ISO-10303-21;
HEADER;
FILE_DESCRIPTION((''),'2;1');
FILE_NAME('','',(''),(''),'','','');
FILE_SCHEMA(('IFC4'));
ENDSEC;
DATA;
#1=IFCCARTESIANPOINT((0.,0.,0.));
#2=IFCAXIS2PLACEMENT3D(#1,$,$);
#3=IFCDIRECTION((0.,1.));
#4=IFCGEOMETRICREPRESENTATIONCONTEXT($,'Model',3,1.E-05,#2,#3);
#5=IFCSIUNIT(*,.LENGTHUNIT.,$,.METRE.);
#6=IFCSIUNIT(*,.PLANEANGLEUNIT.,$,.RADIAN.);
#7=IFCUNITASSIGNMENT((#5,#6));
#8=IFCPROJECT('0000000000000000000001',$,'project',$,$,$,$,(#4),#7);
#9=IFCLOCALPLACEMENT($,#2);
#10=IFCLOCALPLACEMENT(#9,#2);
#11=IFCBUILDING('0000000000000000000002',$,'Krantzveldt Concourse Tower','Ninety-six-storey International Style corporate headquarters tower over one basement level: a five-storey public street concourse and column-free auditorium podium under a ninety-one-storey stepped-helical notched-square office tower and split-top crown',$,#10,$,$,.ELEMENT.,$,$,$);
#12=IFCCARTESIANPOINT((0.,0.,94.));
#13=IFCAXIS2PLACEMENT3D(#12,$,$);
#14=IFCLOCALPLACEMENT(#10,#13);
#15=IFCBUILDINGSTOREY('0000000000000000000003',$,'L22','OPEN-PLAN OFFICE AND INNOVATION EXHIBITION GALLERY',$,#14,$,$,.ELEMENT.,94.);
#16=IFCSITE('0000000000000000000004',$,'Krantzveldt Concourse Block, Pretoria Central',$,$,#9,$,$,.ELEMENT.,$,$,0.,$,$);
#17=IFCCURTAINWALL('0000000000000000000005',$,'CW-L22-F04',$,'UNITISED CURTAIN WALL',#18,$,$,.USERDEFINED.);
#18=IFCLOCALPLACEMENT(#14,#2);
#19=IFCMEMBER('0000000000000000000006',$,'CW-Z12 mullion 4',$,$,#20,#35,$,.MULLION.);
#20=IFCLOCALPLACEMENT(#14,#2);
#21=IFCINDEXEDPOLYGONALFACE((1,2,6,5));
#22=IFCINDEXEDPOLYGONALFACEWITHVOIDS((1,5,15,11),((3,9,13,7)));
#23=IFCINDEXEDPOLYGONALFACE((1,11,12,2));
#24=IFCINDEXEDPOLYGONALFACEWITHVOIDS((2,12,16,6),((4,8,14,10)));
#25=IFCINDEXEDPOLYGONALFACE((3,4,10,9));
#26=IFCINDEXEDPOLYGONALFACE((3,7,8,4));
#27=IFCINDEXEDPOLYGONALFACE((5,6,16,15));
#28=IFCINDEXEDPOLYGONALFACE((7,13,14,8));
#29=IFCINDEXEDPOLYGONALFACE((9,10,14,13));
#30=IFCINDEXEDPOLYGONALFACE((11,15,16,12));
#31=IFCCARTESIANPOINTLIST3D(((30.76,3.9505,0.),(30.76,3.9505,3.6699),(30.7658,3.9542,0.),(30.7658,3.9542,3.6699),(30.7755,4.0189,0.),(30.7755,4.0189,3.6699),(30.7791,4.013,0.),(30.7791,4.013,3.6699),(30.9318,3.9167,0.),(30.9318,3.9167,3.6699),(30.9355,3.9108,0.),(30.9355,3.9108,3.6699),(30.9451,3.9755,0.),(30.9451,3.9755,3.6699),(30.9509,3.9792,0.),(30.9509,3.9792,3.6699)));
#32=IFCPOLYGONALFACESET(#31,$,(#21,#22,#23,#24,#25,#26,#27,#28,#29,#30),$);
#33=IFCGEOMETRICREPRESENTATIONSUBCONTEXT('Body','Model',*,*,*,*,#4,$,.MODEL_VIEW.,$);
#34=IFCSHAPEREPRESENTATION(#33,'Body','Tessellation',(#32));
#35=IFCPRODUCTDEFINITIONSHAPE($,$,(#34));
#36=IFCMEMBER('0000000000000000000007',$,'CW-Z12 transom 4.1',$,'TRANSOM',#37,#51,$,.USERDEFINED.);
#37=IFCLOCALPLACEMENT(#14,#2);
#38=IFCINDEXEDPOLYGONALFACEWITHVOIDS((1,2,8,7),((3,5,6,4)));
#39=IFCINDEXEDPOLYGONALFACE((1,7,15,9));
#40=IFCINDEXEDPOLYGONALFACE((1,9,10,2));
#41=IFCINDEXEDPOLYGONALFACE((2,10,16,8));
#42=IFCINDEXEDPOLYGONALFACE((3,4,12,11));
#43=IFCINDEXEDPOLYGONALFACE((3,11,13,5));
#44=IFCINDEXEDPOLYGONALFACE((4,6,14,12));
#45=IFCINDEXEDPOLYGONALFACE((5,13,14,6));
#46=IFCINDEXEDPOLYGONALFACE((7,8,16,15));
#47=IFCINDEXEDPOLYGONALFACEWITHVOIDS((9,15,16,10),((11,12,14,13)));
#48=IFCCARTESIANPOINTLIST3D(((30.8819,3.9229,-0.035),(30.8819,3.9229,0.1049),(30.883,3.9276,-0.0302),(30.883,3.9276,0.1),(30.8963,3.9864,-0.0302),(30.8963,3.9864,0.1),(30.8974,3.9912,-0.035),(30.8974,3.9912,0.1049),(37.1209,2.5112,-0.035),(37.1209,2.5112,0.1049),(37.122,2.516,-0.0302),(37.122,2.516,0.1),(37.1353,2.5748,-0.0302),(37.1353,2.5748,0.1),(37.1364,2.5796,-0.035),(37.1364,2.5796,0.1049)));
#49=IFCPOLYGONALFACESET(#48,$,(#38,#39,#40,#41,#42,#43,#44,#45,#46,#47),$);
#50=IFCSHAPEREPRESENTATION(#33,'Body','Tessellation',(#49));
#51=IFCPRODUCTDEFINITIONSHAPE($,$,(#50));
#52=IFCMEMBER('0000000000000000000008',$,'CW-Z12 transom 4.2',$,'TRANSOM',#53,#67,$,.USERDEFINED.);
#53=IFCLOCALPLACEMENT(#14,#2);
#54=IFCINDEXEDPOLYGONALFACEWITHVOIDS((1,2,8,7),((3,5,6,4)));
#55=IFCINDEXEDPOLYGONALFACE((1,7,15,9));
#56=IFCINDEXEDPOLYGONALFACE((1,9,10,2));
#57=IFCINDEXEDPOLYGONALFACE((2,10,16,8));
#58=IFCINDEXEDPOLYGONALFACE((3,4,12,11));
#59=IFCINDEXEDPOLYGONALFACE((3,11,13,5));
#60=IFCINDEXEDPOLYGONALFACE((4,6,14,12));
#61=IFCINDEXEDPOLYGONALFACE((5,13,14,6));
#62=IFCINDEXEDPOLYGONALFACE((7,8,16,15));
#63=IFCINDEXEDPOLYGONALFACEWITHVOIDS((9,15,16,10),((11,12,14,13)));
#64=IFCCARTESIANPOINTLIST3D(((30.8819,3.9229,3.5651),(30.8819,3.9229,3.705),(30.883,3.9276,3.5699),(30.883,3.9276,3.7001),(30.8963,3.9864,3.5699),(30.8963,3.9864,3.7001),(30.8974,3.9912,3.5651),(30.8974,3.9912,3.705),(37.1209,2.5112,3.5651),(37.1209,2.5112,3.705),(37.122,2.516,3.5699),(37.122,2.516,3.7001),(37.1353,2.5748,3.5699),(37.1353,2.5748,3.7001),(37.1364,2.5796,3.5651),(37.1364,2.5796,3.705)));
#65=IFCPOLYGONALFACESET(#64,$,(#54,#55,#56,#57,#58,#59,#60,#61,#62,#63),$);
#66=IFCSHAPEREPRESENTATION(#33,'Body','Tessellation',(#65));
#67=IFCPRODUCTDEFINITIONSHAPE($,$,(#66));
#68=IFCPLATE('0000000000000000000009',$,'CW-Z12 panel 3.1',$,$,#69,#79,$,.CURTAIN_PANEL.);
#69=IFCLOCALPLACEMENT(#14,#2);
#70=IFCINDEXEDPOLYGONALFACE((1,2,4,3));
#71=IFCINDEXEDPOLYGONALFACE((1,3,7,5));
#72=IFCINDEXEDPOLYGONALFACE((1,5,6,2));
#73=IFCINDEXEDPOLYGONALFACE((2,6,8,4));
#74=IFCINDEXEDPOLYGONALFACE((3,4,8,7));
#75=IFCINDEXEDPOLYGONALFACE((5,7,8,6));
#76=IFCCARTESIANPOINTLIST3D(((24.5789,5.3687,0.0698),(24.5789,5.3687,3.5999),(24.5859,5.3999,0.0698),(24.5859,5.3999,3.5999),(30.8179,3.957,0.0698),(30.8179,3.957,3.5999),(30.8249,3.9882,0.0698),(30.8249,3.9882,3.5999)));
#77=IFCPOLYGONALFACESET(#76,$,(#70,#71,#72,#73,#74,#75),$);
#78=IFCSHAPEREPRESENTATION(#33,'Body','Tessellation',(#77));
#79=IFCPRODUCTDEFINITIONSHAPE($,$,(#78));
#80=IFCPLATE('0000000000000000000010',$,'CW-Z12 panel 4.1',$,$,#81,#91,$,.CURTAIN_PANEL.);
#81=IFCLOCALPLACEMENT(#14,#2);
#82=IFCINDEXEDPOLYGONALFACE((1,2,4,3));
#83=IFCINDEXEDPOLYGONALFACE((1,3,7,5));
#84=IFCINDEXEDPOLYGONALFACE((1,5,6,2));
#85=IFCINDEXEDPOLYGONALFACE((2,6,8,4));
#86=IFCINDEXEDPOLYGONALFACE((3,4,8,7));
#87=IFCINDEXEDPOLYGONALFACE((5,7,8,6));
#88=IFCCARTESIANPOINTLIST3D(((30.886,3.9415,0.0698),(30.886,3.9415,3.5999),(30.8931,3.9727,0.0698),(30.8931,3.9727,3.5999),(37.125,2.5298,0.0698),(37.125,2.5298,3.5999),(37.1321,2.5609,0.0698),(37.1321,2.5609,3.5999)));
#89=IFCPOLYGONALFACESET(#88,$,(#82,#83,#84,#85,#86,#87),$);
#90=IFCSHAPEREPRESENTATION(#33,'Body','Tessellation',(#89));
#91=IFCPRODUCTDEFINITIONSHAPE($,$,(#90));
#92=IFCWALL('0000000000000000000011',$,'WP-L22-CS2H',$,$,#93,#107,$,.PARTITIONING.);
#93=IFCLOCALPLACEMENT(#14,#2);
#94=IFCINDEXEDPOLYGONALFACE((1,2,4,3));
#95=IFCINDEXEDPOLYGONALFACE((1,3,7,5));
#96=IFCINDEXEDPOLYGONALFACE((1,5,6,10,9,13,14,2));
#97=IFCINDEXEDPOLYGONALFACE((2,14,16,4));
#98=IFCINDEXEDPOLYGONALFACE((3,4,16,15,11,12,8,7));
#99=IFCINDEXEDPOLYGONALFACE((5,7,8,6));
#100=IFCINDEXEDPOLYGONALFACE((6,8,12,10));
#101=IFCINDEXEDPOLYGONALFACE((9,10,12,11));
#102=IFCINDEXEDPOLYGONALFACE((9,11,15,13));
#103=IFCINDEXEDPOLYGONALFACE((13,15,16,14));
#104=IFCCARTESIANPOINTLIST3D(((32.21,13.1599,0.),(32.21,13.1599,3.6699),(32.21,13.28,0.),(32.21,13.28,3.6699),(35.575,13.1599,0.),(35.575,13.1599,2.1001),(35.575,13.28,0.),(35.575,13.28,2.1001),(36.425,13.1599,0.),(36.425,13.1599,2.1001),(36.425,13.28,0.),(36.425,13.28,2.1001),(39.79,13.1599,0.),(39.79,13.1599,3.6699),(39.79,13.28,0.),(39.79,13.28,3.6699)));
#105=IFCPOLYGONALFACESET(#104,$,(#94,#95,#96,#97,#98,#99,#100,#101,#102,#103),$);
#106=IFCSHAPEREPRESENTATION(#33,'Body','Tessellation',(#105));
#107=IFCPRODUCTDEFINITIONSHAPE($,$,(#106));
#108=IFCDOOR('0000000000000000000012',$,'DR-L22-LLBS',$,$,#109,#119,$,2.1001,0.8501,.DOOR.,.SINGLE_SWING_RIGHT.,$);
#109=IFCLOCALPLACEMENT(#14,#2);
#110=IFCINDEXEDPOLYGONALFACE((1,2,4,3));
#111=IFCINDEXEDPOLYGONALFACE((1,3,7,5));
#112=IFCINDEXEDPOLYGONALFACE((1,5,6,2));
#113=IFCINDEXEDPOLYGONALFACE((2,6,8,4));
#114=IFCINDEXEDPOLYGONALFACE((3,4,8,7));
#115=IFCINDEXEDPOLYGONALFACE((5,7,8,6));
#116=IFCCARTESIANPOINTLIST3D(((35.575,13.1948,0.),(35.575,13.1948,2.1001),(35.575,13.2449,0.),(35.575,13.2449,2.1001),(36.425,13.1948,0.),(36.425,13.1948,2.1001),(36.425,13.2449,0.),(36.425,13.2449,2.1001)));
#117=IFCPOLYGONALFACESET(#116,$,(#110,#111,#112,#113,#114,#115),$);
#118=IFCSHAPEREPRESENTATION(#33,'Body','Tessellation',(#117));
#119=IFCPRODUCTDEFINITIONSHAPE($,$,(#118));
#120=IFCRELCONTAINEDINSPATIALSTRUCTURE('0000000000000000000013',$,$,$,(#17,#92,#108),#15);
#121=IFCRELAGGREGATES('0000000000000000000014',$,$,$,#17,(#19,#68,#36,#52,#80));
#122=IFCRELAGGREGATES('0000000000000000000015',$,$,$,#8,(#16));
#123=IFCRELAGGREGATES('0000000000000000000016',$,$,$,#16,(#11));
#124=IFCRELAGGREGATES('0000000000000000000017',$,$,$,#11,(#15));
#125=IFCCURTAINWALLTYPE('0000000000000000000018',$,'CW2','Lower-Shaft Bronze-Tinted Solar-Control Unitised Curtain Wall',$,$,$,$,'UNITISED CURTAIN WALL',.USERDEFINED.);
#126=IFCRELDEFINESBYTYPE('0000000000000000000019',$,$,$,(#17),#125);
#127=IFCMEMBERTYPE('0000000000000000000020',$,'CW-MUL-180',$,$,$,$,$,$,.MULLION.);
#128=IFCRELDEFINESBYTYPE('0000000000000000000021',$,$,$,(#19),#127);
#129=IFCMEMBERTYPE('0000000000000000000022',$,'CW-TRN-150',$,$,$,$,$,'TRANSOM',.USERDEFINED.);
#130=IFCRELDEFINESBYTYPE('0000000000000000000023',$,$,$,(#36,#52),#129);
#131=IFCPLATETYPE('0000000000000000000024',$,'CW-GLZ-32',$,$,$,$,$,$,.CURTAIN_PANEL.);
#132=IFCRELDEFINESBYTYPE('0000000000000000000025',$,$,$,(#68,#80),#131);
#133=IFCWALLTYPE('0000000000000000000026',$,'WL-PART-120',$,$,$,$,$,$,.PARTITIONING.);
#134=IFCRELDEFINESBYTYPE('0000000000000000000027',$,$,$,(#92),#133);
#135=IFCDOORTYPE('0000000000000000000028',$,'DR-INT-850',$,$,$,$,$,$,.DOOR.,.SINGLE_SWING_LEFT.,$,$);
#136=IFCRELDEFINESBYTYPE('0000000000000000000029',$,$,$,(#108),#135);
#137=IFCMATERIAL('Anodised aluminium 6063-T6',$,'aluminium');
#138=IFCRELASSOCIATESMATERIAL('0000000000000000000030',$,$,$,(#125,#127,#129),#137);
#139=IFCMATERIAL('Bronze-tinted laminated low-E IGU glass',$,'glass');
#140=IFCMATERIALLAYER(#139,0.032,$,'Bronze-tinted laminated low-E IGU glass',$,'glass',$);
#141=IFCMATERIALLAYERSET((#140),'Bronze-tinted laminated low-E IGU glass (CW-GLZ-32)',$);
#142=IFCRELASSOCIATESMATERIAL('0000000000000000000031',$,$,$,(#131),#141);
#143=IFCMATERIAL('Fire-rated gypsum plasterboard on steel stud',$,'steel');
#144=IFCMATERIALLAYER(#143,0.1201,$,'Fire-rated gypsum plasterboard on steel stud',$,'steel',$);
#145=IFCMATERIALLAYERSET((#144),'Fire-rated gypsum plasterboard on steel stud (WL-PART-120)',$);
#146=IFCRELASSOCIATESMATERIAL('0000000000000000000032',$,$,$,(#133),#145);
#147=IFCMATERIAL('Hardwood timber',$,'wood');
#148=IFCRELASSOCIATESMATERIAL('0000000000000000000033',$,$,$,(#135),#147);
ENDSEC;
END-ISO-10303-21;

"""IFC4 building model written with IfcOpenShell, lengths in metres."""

from ifc_helpers import new_model, si_unit, direction, frame, frame_2d, origin, origin_2d, place, context, subcontext, project, spatial, rectangle, hollow_rectangle, extrude, source, transform, mapped, material, layer, layer_set, material_profile, profile_set, type_object, type_shapes, element, fill, aggregate, save


model = new_model("IFC4")

# Units and contexts
model_context = context("Model", 3, precision=1e-05, world=origin(), true_north=direction((0.0, 1.0)))
body_context = subcontext(model_context, "Body", "Model", "MODEL_VIEW")
ifc_project = project(units=[si_unit("LENGTHUNIT", "METRE"), si_unit("PLANEANGLEUNIT", "RADIAN")], contexts=[model_context])

# Site, building, storey
site_placement = place(None, origin())
site = spatial("IfcSite", under=ifc_project, at=site_placement, Name="Krantzveldt Concourse Block, Pretoria Central", CompositionType="ELEMENT", RefElevation=0.0)
building_placement = place(site_placement, origin())
building = spatial("IfcBuilding", under=site, at=building_placement, Name="Krantzveldt Concourse Tower", Description="Ninety-six-storey International Style corporate headquarters tower over one basement level: a five-storey public street concourse and column-free auditorium podium under a ninety-one-storey stepped-helical notched-square office tower and split-top crown", CompositionType="ELEMENT")
storey_placement = place(building_placement, frame((0.0, 0.0, 94.0)))
storey = spatial("IfcBuildingStorey", under=building, at=storey_placement, Name="L22", Description="OPEN-PLAN OFFICE AND INNOVATION EXHIBITION GALLERY", CompositionType="ELEMENT", Elevation=94.0)

# Curtain wall, members, plates
ifc_material_1 = material(Name="Anodised aluminium 6063-T6", Category="aluminium")
curtain_wall_type = type_object("IfcCurtainWallType", Name="CW2", Description="Lower-Shaft Bronze-Tinted Solar-Control Unitised Curtain Wall", ElementType="UNITISED CURTAIN WALL", PredefinedType="USERDEFINED", material=ifc_material_1)
curtain_wall_placement = place(storey_placement, origin())
curtain_wall = element("IfcCurtainWall", 1, at=curtain_wall_placement, inside=storey, type_object=curtain_wall_type, Name="CW-L22-F04", ObjectType="UNITISED CURTAIN WALL", PredefinedType="USERDEFINED")
ifc_material_profile_1 = material_profile(ifc_material_1, hollow_rectangle(XDim=0.0701, YDim=0.1799, WallThickness=0.0049, at=origin_2d()), Name="Anodised aluminium 6063-T6", Category="aluminium")
ifc_profile_set_1 = profile_set([ifc_material_profile_1], Name="Anodised aluminium 6063-T6 - ALU-MULL 180x70x5")
member_type_1 = type_object("IfcMemberType", Name="CW-MUL-180", PredefinedType="MULLION", material=ifc_profile_set_1)
shared_shape_1 = source(origin(), body_context, "Body", "SweptSolid", [
    extrude(hollow_rectangle(XDim=0.0701, YDim=0.1799, WallThickness=0.0049, at=origin_2d()), origin(), (0.0, 0.0, 1.0), 3.6699),
])
type_shapes(member_type_1, [shared_shape_1])
member_1_placement = place(storey_placement, frame((30.8555, 3.9648, 0.0), z_axis=(0.0, 0.0, 1.0), x_axis=(0.220697, 0.975342, 0.0)))
member_1 = element("IfcMember", 2, at=member_1_placement, type_object=member_type_1, Name="CW-Z12 mullion 4", PredefinedType="MULLION", context=body_context, shape_type="MappedRepresentation", body=[
    mapped(shared_shape_1, transform((0.0, 0.0, 0.0), x_axis=(1.0, 0.0, 0.0), y_axis=(0.0, 1.0, 0.0), z_axis=(0.0, 0.0, 1.0), scale=1.0)),
])
ifc_material_profile_2 = material_profile(ifc_material_1, hollow_rectangle(XDim=0.0701, YDim=0.1399, WallThickness=0.0049, at=origin_2d()), Name="Anodised aluminium 6063-T6", Category="aluminium")
ifc_profile_set_2 = profile_set([ifc_material_profile_2], Name="Anodised aluminium 6063-T6 - ALU-TRAN 140x70x5")
member_type_2 = type_object("IfcMemberType", Name="CW-TRN-150", ElementType="TRANSOM", PredefinedType="USERDEFINED", material=ifc_profile_set_2)
shared_shape_2 = source(origin(), body_context, "Body", "SweptSolid", [
    extrude(hollow_rectangle(XDim=0.0701, YDim=0.1399, WallThickness=0.0049, at=origin_2d()), origin(), (0.0, 0.0, 1.0), 6.3967),
])
type_shapes(member_type_2, [shared_shape_2])
member_2_placement = place(storey_placement, frame((30.8896, 3.957, 0.0349), z_axis=(0.975346, -0.220679, 0.0), x_axis=(0.220679, 0.975346, 0.0)))
member_2 = element("IfcMember", 3, at=member_2_placement, type_object=member_type_2, Name="CW-Z12 transom 4.1", ObjectType="TRANSOM", PredefinedType="USERDEFINED", context=body_context, shape_type="MappedRepresentation", body=[
    mapped(shared_shape_2, transform((0.0, 0.0, 0.0), x_axis=(1.0, 0.0, 0.0), y_axis=(0.0, 1.0, 0.0), z_axis=(0.0, 0.0, 1.0), scale=1.0)),
])
member_3_placement = place(storey_placement, frame((30.8896, 3.957, 3.635), z_axis=(0.975346, -0.220679, 0.0), x_axis=(0.220679, 0.975346, 0.0)))
member_3 = element("IfcMember", 4, at=member_3_placement, type_object=member_type_2, Name="CW-Z12 transom 4.2", ObjectType="TRANSOM", PredefinedType="USERDEFINED", context=body_context, shape_type="MappedRepresentation", body=[
    mapped(shared_shape_2, transform((0.0, 0.0, 0.0), x_axis=(1.0, 0.0, 0.0), y_axis=(0.0, 1.0, 0.0), z_axis=(0.0, 0.0, 1.0), scale=1.0)),
])
ifc_material_2 = material(Name="Bronze-tinted laminated low-E IGU glass", Category="glass")
ifc_layer_1 = layer(ifc_material_2, 0.032, Name="Bronze-tinted laminated low-E IGU glass", Category="glass")
ifc_layer_set_1 = layer_set([ifc_layer_1], Name="Bronze-tinted laminated low-E IGU glass (CW-GLZ-32)")
plate_type = type_object("IfcPlateType", Name="CW-GLZ-32", PredefinedType="CURTAIN_PANEL", material=ifc_layer_set_1)
shared_shape_3 = source(origin(), body_context, "Body", "SweptSolid", [
    extrude(rectangle(XDim=6.3967, YDim=0.032, at=origin_2d()), origin(), (0.0, 0.0, 1.0), 3.53),
])
type_shapes(plate_type, [shared_shape_3])
plate_1_placement = place(storey_placement, frame((27.7019, 4.6785, 0.0698), z_axis=(0.0, 0.0, 1.0), x_axis=(0.975342, -0.220697, 0.0)))
plate_1 = element("IfcPlate", 5, at=plate_1_placement, type_object=plate_type, Name="CW-Z12 panel 3.1", PredefinedType="CURTAIN_PANEL", context=body_context, shape_type="MappedRepresentation", body=[
    mapped(shared_shape_3, transform((0.0, 0.0, 0.0), x_axis=(1.0, 0.0, 0.0), y_axis=(0.0, 1.0, 0.0), z_axis=(0.0, 0.0, 1.0), scale=1.0)),
])
plate_2_placement = place(storey_placement, frame((34.009, 3.2512, 0.0698), z_axis=(0.0, 0.0, 1.0), x_axis=(0.975342, -0.220697, 0.0)))
plate_2 = element("IfcPlate", 6, at=plate_2_placement, type_object=plate_type, Name="CW-Z12 panel 4.1", PredefinedType="CURTAIN_PANEL", context=body_context, shape_type="MappedRepresentation", body=[
    mapped(shared_shape_3, transform((0.0, 0.0, 0.0), x_axis=(1.0, 0.0, 0.0), y_axis=(0.0, 1.0, 0.0), z_axis=(0.0, 0.0, 1.0), scale=1.0)),
])
aggregate(curtain_wall, [member_1, plate_1, member_2, member_3, plate_2])

# Wall, opening, door
ifc_material_3 = material(Name="Fire-rated gypsum plasterboard on steel stud", Category="steel")
ifc_layer_2 = layer(ifc_material_3, 0.1201, Name="Fire-rated gypsum plasterboard on steel stud", Category="steel")
ifc_layer_set_2 = layer_set([ifc_layer_2], Name="Fire-rated gypsum plasterboard on steel stud (WL-PART-120)")
wall_type_1 = type_object("IfcWallType", Name="WL-PART-120", PredefinedType="PARTITIONING", material=ifc_layer_set_2)
wall_1_placement = place(storey_placement, frame((32.21, 13.22, 0.0), z_axis=(0.0, 0.0, 1.0), x_axis=(1.0, 0.0, 0.0)))
wall_1 = element("IfcWall", 7, at=wall_1_placement, inside=storey, type_object=wall_type_1, Name="WP-L22-CS2H", PredefinedType="PARTITIONING", context=body_context, shape_type="SweptSolid", body=[
    extrude(rectangle(XDim=7.5801, YDim=0.1201, at=frame_2d((3.79, 0.0))), origin(), (0.0, 0.0, 1.0), 3.6699),
])
opening_1_placement = place(wall_1_placement, frame((3.365, 0.0, 0.0)))
opening_1 = element("IfcOpeningElement", 8, at=opening_1_placement, cuts=wall_1, PredefinedType="OPENING", context=body_context, shape_type="SweptSolid", body=[
    extrude(rectangle(XDim=0.8501, YDim=2.1001, at=frame_2d((0.425, 1.05))), frame((0.0, 0.0701, 0.0), z_axis=(0.0, -1.0, 0.0), x_axis=(1.0, 0.0, 0.0)), (0.0, 0.0, 1.0), 0.1401),
])
ifc_material_4 = material(Name="Hardwood timber", Category="wood")
door_type_1 = type_object("IfcDoorType", Name="DR-INT-850", OperationType="SINGLE_SWING_LEFT", PredefinedType="DOOR", material=ifc_material_4)
door_1_placement = place(opening_1_placement, origin())
door_1 = element("IfcDoor", 9, at=door_1_placement, inside=storey, type_object=door_type_1, Name="DR-L22-LLBS", OperationType="SINGLE_SWING_RIGHT", OverallHeight=2.1001, OverallWidth=0.8501, PredefinedType="DOOR", context=body_context, shape_type="SweptSolid", body=[
    extrude(rectangle(XDim=0.8501, YDim=2.1001, at=frame_2d((0.425, 1.05))), frame((0.0, 0.0249, 0.0), z_axis=(0.0, -1.0, 0.0), x_axis=(1.0, 0.0, 0.0)), (0.0, 0.0, 1.0), 0.05),
])
fill(opening_1, door_1)

save(model, "model.ifc")
